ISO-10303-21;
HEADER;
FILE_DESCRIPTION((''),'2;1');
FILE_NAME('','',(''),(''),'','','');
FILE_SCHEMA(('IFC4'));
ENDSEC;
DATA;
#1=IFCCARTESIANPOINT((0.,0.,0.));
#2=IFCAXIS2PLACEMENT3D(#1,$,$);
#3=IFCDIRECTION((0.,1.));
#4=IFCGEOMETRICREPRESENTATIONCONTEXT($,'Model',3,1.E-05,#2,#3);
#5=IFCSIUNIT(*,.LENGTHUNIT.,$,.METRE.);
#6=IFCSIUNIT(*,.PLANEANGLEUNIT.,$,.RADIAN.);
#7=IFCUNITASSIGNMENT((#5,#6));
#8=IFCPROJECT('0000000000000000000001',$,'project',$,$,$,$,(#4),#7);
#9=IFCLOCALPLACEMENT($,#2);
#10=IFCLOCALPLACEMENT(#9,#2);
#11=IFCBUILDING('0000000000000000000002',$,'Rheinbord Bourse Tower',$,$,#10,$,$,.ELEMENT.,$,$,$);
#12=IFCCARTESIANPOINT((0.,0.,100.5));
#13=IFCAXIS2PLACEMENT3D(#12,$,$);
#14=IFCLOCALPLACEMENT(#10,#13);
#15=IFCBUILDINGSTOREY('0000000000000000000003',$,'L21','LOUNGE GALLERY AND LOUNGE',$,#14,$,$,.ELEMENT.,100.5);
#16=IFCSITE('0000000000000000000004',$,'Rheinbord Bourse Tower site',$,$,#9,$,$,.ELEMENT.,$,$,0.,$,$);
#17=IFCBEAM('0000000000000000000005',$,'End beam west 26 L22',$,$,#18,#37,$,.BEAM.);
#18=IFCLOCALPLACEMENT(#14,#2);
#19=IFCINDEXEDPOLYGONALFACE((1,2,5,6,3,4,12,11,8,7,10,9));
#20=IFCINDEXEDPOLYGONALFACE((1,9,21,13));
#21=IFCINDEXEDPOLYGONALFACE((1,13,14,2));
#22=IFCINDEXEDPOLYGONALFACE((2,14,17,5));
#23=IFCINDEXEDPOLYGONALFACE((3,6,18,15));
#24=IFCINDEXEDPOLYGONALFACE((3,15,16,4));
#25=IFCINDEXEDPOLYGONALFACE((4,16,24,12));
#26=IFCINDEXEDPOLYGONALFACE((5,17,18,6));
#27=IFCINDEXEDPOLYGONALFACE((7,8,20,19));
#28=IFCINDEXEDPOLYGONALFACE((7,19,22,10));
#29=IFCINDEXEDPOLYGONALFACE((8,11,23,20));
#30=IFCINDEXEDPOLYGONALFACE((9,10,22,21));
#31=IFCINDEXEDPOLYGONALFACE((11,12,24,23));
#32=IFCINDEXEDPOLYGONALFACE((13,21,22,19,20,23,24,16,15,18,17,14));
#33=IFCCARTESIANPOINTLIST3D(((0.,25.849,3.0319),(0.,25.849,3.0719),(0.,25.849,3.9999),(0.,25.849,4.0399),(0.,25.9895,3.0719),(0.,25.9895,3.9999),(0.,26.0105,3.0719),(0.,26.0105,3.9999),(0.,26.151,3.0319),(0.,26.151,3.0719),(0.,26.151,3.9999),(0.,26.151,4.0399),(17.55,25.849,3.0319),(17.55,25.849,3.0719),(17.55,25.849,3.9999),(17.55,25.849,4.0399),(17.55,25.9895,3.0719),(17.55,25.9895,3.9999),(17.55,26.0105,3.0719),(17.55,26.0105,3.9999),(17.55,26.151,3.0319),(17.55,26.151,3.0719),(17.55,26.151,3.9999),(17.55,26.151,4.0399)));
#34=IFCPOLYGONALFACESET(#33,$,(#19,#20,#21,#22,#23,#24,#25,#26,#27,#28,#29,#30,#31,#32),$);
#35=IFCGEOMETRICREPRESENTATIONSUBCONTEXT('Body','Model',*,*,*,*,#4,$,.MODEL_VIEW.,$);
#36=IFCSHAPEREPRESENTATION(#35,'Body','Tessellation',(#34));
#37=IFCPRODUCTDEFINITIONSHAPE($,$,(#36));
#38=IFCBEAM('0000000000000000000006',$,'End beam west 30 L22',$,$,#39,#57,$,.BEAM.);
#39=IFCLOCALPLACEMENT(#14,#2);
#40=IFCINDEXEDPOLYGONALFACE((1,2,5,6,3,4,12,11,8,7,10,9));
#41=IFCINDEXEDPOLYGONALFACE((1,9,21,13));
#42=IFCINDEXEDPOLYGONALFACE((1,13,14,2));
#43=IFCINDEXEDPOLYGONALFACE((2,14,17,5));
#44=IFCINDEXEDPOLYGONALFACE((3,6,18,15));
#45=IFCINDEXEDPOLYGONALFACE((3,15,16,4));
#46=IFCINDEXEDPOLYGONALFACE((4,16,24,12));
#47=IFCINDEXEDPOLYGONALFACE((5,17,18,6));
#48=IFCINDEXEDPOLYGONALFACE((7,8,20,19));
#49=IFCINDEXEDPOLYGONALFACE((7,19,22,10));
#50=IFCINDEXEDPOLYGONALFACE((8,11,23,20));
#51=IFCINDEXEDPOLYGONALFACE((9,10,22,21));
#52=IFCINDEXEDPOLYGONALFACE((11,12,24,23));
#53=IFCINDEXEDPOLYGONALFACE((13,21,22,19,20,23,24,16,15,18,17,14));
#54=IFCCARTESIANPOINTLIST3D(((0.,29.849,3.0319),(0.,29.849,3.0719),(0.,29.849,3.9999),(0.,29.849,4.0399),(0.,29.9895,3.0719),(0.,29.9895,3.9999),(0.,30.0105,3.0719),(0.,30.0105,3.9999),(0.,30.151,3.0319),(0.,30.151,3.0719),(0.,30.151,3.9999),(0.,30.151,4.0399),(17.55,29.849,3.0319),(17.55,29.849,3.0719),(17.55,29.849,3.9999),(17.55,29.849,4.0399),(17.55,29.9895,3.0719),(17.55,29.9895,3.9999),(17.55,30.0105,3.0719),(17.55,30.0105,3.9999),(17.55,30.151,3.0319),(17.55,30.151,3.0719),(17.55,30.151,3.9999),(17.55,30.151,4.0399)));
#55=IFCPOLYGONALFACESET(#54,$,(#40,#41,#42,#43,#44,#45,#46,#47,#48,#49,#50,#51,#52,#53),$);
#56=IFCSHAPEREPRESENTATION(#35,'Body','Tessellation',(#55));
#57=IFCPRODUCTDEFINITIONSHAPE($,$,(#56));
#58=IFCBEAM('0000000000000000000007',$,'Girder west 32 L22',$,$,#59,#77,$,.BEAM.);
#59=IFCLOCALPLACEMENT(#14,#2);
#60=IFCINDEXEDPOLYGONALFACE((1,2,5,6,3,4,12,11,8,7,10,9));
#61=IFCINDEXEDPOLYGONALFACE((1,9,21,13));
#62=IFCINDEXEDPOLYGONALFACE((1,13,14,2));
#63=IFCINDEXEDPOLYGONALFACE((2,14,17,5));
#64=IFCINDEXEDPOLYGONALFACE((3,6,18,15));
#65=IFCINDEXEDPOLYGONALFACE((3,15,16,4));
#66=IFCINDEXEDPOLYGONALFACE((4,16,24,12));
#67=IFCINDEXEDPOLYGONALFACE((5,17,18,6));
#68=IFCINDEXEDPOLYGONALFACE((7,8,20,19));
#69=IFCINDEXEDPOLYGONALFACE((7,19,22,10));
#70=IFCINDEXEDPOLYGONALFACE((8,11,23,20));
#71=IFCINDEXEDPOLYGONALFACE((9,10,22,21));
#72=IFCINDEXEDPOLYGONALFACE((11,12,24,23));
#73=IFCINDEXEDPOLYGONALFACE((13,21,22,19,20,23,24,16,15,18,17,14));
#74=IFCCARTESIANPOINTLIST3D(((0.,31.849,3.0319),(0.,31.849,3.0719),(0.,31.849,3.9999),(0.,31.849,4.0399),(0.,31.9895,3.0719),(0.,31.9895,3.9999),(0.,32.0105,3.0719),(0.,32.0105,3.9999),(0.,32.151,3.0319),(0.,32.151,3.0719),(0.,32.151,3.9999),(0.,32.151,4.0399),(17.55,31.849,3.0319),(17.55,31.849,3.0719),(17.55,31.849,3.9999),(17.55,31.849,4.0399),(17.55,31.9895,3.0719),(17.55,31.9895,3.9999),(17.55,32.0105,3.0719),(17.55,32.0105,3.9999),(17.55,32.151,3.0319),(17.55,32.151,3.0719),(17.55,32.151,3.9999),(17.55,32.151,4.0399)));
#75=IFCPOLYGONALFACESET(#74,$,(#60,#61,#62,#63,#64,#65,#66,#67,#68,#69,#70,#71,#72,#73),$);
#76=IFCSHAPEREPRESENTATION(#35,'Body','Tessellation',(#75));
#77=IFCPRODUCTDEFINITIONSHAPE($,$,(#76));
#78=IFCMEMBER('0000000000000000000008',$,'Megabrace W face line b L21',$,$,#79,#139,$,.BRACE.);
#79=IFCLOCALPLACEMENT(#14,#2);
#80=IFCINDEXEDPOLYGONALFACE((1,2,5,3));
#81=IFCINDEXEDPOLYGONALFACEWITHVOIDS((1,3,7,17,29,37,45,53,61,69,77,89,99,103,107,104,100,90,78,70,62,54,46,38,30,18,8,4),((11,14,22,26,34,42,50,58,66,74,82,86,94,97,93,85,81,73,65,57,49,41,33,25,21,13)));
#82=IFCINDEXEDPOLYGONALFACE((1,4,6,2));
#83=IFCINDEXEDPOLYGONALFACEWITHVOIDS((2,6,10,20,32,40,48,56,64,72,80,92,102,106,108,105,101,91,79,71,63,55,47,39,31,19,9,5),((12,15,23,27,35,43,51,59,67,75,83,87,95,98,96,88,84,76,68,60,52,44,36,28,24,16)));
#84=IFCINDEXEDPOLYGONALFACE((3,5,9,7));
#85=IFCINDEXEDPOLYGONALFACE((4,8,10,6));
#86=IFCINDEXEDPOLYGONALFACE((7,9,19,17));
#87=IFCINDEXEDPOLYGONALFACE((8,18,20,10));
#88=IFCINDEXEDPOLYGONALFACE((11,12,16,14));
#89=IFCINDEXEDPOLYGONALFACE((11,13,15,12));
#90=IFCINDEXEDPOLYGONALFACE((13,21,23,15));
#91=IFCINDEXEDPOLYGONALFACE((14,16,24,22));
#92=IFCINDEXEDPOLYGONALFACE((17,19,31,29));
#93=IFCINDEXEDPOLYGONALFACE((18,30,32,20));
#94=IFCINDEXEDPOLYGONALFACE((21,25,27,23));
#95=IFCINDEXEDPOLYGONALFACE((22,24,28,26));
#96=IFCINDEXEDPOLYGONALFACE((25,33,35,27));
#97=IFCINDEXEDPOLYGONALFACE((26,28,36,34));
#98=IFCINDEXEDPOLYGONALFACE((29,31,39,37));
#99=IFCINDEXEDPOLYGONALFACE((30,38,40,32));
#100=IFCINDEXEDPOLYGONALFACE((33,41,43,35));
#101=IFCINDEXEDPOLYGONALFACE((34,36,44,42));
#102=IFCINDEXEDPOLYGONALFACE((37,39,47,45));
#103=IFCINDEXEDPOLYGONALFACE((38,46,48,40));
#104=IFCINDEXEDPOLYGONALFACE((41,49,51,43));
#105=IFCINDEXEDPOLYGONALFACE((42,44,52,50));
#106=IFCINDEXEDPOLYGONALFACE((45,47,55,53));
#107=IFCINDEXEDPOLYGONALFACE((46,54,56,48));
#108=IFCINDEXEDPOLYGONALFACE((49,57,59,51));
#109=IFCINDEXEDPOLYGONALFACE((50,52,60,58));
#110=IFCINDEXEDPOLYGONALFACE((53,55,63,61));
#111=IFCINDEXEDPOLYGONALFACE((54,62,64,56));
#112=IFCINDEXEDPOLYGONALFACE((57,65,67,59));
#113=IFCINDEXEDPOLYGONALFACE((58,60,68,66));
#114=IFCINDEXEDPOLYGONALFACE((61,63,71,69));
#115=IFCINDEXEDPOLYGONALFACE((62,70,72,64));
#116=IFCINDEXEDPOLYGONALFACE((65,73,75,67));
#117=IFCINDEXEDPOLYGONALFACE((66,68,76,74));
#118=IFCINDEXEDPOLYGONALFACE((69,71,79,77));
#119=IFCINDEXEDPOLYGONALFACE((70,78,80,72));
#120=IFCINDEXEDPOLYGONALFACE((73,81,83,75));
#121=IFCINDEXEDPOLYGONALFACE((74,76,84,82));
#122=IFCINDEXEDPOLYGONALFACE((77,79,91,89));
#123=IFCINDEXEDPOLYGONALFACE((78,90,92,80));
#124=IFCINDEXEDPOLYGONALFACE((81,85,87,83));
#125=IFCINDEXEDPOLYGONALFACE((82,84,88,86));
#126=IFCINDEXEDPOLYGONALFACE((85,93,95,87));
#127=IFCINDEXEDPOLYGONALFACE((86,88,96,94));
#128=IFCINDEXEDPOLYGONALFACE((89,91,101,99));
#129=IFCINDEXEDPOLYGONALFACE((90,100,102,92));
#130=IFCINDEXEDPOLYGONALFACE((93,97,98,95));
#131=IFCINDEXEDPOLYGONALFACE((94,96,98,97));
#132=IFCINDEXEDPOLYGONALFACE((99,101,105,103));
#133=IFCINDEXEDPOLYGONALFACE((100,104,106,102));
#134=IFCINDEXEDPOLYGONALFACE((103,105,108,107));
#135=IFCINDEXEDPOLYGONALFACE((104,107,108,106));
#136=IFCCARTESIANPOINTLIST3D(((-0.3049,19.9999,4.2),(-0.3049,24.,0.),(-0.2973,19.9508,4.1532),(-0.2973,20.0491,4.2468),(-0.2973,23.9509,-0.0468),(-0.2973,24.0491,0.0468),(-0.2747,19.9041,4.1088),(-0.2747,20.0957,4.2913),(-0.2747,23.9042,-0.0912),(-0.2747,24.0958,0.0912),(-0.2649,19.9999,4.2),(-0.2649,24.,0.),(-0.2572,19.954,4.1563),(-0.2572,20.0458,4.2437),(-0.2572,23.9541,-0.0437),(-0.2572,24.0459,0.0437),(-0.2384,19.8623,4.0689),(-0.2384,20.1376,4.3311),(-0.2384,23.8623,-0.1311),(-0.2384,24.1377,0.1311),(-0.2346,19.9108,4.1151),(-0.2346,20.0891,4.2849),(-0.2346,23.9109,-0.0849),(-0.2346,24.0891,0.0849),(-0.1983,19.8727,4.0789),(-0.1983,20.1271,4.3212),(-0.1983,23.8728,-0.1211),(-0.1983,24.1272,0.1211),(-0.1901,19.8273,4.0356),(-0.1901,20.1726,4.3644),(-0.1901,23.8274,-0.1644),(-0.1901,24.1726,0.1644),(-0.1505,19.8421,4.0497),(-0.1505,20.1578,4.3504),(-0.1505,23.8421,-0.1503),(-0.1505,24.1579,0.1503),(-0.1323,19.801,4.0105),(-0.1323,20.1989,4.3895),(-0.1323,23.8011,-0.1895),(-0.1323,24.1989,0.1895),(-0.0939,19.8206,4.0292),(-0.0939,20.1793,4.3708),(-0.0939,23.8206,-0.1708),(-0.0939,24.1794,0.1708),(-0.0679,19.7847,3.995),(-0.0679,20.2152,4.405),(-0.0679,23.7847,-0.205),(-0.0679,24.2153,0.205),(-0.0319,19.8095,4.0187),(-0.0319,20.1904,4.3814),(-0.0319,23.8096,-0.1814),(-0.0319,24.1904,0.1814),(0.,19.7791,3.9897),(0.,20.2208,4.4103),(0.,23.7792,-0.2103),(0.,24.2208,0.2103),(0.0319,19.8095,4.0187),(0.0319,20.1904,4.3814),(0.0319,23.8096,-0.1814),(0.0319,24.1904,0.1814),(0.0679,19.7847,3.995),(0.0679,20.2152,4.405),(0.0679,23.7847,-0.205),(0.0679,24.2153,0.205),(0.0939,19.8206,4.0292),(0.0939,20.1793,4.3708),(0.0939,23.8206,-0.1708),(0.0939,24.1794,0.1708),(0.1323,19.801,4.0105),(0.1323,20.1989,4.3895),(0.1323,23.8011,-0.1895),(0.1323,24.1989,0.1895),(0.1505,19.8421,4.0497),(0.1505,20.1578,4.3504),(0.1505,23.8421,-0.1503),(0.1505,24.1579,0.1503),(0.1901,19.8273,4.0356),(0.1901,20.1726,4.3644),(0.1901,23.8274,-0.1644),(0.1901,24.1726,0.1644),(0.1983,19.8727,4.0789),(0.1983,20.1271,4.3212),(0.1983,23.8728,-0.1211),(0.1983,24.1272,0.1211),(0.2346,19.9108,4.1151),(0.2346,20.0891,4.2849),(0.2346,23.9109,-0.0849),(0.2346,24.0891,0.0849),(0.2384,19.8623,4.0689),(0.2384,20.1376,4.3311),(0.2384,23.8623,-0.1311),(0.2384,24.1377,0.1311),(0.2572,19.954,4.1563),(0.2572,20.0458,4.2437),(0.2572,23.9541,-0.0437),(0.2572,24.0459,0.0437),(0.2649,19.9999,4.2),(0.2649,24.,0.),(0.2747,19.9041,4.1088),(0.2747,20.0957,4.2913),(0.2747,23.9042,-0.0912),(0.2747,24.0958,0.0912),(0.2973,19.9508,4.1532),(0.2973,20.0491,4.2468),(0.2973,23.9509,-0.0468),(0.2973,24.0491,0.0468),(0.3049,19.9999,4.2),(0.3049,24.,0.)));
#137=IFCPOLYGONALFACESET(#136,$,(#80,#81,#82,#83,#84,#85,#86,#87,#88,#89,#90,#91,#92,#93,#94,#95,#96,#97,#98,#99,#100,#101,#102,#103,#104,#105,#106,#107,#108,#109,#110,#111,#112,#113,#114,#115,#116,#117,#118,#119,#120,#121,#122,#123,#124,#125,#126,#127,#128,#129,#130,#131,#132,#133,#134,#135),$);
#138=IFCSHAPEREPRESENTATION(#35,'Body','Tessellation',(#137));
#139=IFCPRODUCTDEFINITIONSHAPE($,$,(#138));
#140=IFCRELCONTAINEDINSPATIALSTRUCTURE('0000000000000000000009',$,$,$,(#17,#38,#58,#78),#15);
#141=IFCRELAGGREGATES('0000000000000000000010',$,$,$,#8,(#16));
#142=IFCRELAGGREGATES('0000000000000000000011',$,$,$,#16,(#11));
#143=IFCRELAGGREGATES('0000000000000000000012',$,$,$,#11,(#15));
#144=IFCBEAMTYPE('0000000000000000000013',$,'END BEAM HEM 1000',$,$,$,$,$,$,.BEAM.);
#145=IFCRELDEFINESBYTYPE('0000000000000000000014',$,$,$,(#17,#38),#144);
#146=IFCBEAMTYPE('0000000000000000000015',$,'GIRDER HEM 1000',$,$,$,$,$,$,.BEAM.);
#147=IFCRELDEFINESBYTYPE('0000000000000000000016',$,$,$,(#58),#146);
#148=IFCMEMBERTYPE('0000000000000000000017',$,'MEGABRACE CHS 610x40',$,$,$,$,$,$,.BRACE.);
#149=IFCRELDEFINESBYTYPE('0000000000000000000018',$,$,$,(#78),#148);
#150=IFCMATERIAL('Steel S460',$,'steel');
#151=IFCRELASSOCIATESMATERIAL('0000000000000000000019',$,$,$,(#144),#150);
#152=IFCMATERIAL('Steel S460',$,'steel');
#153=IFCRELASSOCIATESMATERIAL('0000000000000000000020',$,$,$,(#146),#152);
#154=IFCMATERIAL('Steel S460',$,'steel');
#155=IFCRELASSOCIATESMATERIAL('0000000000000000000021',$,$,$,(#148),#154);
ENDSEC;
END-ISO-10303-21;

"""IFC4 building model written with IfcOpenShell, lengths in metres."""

from ifc_helpers import new_model, si_unit, direction, frame, origin, origin_2d, place, context, subcontext, project, spatial, hollow_circle, i_section, extrude, material, material_profile, profile_set, type_object, element, save


model = new_model("IFC4")

# Units and contexts
model_context = context("Model", 3, precision=1e-05, world=origin(), true_north=direction((0.0, 1.0)))
body_context = subcontext(model_context, "Body", "Model", "MODEL_VIEW")
ifc_project = project(units=[si_unit("LENGTHUNIT", "METRE"), si_unit("PLANEANGLEUNIT", "RADIAN")], contexts=[model_context])

# Site, building, storey
site_placement = place(None, origin())
site = spatial("IfcSite", under=ifc_project, at=site_placement, Name="Rheinbord Bourse Tower site", CompositionType="ELEMENT", RefElevation=0.0)
building_placement = place(site_placement, origin())
building = spatial("IfcBuilding", under=site, at=building_placement, Name="Rheinbord Bourse Tower", CompositionType="ELEMENT")
storey_placement = place(building_placement, frame((0.0, 0.0, 100.5)))
storey = spatial("IfcBuildingStorey", under=building, at=storey_placement, Name="L21", Description="LOUNGE GALLERY AND LOUNGE", CompositionType="ELEMENT", Elevation=100.5)

# Beams
ifc_material_1 = material(Name="Steel S460", Category="steel")
ifc_material_profile_1 = material_profile(ifc_material_1, i_section(OverallWidth=0.302, OverallDepth=1.0081, WebThickness=0.021, FlangeThickness=0.04, at=origin_2d()), Name="HEM 1000")
ifc_profile_set_1 = profile_set([ifc_material_profile_1], Name="Steel S460")
beam_type_1 = type_object("IfcBeamType", Name="END BEAM HEM 1000", PredefinedType="BEAM", material=ifc_profile_set_1)
for number, where, z_axis, x_axis, name in (
    (1, (0.0, 26.0, 3.5359), (1.0, 0.0, 0.0), (0.0, 1.0, 0.0), "End beam west 26 L22"),
    (2, (0.0, 30.0, 3.5359), (1.0, 0.0, 0.0), (0.0, 1.0, 0.0), "End beam west 30 L22"),
):
    element("IfcBeam", number, at=place(storey_placement, frame(where, z_axis=z_axis, x_axis=x_axis)), inside=storey, type_object=beam_type_1, Name=name, PredefinedType="BEAM", context=body_context, shape_type="SweptSolid", body=[
        extrude(i_section(OverallWidth=0.302, OverallDepth=1.0081, WebThickness=0.021, FlangeThickness=0.04, at=origin_2d()), origin(), (0.0, 0.0, 1.0), 17.55),
    ])
ifc_material_2 = material(Name="Steel S460", Category="steel")
ifc_material_profile_2 = material_profile(ifc_material_2, i_section(OverallWidth=0.302, OverallDepth=1.0081, WebThickness=0.021, FlangeThickness=0.04, at=origin_2d()), Name="HEM 1000")
ifc_profile_set_2 = profile_set([ifc_material_profile_2], Name="Steel S460")
beam_type_2 = type_object("IfcBeamType", Name="GIRDER HEM 1000", PredefinedType="BEAM", material=ifc_profile_set_2)
beam_placement = place(storey_placement, frame((0.0, 32.0, 3.5359), z_axis=(1.0, 0.0, 0.0), x_axis=(0.0, 1.0, 0.0)))
element("IfcBeam", 3, at=beam_placement, inside=storey, type_object=beam_type_2, Name="Girder west 32 L22", PredefinedType="BEAM", context=body_context, shape_type="SweptSolid", body=[
    extrude(i_section(OverallWidth=0.302, OverallDepth=1.0081, WebThickness=0.021, FlangeThickness=0.04, at=origin_2d()), origin(), (0.0, 0.0, 1.0), 17.55),
])

# Member
ifc_material_3 = material(Name="Steel S460", Category="steel")
ifc_material_profile_3 = material_profile(ifc_material_3, hollow_circle(Radius=0.3049, WallThickness=0.04, at=origin_2d()), Name="CHS 610x40")
ifc_profile_set_3 = profile_set([ifc_material_profile_3], Name="Steel S460")
member_type_1 = type_object("IfcMemberType", Name="MEGABRACE CHS 610x40", PredefinedType="BRACE", material=ifc_profile_set_3)
member_1_placement = place(storey_placement, frame((0.0, 24.0, 0.0), z_axis=(0.0, -0.689659, 0.724134), x_axis=(1.0, 0.0, 0.0)))
element("IfcMember", 4, at=member_1_placement, inside=storey, type_object=member_type_1, Name="Megabrace W face line b L21", PredefinedType="BRACE", context=body_context, shape_type="SweptSolid", body=[
    extrude(hollow_circle(Radius=0.3049, WallThickness=0.04, at=origin_2d()), origin(), (0.0, 0.0, 1.0), 5.8),
])

save(model, "model.ifc")
